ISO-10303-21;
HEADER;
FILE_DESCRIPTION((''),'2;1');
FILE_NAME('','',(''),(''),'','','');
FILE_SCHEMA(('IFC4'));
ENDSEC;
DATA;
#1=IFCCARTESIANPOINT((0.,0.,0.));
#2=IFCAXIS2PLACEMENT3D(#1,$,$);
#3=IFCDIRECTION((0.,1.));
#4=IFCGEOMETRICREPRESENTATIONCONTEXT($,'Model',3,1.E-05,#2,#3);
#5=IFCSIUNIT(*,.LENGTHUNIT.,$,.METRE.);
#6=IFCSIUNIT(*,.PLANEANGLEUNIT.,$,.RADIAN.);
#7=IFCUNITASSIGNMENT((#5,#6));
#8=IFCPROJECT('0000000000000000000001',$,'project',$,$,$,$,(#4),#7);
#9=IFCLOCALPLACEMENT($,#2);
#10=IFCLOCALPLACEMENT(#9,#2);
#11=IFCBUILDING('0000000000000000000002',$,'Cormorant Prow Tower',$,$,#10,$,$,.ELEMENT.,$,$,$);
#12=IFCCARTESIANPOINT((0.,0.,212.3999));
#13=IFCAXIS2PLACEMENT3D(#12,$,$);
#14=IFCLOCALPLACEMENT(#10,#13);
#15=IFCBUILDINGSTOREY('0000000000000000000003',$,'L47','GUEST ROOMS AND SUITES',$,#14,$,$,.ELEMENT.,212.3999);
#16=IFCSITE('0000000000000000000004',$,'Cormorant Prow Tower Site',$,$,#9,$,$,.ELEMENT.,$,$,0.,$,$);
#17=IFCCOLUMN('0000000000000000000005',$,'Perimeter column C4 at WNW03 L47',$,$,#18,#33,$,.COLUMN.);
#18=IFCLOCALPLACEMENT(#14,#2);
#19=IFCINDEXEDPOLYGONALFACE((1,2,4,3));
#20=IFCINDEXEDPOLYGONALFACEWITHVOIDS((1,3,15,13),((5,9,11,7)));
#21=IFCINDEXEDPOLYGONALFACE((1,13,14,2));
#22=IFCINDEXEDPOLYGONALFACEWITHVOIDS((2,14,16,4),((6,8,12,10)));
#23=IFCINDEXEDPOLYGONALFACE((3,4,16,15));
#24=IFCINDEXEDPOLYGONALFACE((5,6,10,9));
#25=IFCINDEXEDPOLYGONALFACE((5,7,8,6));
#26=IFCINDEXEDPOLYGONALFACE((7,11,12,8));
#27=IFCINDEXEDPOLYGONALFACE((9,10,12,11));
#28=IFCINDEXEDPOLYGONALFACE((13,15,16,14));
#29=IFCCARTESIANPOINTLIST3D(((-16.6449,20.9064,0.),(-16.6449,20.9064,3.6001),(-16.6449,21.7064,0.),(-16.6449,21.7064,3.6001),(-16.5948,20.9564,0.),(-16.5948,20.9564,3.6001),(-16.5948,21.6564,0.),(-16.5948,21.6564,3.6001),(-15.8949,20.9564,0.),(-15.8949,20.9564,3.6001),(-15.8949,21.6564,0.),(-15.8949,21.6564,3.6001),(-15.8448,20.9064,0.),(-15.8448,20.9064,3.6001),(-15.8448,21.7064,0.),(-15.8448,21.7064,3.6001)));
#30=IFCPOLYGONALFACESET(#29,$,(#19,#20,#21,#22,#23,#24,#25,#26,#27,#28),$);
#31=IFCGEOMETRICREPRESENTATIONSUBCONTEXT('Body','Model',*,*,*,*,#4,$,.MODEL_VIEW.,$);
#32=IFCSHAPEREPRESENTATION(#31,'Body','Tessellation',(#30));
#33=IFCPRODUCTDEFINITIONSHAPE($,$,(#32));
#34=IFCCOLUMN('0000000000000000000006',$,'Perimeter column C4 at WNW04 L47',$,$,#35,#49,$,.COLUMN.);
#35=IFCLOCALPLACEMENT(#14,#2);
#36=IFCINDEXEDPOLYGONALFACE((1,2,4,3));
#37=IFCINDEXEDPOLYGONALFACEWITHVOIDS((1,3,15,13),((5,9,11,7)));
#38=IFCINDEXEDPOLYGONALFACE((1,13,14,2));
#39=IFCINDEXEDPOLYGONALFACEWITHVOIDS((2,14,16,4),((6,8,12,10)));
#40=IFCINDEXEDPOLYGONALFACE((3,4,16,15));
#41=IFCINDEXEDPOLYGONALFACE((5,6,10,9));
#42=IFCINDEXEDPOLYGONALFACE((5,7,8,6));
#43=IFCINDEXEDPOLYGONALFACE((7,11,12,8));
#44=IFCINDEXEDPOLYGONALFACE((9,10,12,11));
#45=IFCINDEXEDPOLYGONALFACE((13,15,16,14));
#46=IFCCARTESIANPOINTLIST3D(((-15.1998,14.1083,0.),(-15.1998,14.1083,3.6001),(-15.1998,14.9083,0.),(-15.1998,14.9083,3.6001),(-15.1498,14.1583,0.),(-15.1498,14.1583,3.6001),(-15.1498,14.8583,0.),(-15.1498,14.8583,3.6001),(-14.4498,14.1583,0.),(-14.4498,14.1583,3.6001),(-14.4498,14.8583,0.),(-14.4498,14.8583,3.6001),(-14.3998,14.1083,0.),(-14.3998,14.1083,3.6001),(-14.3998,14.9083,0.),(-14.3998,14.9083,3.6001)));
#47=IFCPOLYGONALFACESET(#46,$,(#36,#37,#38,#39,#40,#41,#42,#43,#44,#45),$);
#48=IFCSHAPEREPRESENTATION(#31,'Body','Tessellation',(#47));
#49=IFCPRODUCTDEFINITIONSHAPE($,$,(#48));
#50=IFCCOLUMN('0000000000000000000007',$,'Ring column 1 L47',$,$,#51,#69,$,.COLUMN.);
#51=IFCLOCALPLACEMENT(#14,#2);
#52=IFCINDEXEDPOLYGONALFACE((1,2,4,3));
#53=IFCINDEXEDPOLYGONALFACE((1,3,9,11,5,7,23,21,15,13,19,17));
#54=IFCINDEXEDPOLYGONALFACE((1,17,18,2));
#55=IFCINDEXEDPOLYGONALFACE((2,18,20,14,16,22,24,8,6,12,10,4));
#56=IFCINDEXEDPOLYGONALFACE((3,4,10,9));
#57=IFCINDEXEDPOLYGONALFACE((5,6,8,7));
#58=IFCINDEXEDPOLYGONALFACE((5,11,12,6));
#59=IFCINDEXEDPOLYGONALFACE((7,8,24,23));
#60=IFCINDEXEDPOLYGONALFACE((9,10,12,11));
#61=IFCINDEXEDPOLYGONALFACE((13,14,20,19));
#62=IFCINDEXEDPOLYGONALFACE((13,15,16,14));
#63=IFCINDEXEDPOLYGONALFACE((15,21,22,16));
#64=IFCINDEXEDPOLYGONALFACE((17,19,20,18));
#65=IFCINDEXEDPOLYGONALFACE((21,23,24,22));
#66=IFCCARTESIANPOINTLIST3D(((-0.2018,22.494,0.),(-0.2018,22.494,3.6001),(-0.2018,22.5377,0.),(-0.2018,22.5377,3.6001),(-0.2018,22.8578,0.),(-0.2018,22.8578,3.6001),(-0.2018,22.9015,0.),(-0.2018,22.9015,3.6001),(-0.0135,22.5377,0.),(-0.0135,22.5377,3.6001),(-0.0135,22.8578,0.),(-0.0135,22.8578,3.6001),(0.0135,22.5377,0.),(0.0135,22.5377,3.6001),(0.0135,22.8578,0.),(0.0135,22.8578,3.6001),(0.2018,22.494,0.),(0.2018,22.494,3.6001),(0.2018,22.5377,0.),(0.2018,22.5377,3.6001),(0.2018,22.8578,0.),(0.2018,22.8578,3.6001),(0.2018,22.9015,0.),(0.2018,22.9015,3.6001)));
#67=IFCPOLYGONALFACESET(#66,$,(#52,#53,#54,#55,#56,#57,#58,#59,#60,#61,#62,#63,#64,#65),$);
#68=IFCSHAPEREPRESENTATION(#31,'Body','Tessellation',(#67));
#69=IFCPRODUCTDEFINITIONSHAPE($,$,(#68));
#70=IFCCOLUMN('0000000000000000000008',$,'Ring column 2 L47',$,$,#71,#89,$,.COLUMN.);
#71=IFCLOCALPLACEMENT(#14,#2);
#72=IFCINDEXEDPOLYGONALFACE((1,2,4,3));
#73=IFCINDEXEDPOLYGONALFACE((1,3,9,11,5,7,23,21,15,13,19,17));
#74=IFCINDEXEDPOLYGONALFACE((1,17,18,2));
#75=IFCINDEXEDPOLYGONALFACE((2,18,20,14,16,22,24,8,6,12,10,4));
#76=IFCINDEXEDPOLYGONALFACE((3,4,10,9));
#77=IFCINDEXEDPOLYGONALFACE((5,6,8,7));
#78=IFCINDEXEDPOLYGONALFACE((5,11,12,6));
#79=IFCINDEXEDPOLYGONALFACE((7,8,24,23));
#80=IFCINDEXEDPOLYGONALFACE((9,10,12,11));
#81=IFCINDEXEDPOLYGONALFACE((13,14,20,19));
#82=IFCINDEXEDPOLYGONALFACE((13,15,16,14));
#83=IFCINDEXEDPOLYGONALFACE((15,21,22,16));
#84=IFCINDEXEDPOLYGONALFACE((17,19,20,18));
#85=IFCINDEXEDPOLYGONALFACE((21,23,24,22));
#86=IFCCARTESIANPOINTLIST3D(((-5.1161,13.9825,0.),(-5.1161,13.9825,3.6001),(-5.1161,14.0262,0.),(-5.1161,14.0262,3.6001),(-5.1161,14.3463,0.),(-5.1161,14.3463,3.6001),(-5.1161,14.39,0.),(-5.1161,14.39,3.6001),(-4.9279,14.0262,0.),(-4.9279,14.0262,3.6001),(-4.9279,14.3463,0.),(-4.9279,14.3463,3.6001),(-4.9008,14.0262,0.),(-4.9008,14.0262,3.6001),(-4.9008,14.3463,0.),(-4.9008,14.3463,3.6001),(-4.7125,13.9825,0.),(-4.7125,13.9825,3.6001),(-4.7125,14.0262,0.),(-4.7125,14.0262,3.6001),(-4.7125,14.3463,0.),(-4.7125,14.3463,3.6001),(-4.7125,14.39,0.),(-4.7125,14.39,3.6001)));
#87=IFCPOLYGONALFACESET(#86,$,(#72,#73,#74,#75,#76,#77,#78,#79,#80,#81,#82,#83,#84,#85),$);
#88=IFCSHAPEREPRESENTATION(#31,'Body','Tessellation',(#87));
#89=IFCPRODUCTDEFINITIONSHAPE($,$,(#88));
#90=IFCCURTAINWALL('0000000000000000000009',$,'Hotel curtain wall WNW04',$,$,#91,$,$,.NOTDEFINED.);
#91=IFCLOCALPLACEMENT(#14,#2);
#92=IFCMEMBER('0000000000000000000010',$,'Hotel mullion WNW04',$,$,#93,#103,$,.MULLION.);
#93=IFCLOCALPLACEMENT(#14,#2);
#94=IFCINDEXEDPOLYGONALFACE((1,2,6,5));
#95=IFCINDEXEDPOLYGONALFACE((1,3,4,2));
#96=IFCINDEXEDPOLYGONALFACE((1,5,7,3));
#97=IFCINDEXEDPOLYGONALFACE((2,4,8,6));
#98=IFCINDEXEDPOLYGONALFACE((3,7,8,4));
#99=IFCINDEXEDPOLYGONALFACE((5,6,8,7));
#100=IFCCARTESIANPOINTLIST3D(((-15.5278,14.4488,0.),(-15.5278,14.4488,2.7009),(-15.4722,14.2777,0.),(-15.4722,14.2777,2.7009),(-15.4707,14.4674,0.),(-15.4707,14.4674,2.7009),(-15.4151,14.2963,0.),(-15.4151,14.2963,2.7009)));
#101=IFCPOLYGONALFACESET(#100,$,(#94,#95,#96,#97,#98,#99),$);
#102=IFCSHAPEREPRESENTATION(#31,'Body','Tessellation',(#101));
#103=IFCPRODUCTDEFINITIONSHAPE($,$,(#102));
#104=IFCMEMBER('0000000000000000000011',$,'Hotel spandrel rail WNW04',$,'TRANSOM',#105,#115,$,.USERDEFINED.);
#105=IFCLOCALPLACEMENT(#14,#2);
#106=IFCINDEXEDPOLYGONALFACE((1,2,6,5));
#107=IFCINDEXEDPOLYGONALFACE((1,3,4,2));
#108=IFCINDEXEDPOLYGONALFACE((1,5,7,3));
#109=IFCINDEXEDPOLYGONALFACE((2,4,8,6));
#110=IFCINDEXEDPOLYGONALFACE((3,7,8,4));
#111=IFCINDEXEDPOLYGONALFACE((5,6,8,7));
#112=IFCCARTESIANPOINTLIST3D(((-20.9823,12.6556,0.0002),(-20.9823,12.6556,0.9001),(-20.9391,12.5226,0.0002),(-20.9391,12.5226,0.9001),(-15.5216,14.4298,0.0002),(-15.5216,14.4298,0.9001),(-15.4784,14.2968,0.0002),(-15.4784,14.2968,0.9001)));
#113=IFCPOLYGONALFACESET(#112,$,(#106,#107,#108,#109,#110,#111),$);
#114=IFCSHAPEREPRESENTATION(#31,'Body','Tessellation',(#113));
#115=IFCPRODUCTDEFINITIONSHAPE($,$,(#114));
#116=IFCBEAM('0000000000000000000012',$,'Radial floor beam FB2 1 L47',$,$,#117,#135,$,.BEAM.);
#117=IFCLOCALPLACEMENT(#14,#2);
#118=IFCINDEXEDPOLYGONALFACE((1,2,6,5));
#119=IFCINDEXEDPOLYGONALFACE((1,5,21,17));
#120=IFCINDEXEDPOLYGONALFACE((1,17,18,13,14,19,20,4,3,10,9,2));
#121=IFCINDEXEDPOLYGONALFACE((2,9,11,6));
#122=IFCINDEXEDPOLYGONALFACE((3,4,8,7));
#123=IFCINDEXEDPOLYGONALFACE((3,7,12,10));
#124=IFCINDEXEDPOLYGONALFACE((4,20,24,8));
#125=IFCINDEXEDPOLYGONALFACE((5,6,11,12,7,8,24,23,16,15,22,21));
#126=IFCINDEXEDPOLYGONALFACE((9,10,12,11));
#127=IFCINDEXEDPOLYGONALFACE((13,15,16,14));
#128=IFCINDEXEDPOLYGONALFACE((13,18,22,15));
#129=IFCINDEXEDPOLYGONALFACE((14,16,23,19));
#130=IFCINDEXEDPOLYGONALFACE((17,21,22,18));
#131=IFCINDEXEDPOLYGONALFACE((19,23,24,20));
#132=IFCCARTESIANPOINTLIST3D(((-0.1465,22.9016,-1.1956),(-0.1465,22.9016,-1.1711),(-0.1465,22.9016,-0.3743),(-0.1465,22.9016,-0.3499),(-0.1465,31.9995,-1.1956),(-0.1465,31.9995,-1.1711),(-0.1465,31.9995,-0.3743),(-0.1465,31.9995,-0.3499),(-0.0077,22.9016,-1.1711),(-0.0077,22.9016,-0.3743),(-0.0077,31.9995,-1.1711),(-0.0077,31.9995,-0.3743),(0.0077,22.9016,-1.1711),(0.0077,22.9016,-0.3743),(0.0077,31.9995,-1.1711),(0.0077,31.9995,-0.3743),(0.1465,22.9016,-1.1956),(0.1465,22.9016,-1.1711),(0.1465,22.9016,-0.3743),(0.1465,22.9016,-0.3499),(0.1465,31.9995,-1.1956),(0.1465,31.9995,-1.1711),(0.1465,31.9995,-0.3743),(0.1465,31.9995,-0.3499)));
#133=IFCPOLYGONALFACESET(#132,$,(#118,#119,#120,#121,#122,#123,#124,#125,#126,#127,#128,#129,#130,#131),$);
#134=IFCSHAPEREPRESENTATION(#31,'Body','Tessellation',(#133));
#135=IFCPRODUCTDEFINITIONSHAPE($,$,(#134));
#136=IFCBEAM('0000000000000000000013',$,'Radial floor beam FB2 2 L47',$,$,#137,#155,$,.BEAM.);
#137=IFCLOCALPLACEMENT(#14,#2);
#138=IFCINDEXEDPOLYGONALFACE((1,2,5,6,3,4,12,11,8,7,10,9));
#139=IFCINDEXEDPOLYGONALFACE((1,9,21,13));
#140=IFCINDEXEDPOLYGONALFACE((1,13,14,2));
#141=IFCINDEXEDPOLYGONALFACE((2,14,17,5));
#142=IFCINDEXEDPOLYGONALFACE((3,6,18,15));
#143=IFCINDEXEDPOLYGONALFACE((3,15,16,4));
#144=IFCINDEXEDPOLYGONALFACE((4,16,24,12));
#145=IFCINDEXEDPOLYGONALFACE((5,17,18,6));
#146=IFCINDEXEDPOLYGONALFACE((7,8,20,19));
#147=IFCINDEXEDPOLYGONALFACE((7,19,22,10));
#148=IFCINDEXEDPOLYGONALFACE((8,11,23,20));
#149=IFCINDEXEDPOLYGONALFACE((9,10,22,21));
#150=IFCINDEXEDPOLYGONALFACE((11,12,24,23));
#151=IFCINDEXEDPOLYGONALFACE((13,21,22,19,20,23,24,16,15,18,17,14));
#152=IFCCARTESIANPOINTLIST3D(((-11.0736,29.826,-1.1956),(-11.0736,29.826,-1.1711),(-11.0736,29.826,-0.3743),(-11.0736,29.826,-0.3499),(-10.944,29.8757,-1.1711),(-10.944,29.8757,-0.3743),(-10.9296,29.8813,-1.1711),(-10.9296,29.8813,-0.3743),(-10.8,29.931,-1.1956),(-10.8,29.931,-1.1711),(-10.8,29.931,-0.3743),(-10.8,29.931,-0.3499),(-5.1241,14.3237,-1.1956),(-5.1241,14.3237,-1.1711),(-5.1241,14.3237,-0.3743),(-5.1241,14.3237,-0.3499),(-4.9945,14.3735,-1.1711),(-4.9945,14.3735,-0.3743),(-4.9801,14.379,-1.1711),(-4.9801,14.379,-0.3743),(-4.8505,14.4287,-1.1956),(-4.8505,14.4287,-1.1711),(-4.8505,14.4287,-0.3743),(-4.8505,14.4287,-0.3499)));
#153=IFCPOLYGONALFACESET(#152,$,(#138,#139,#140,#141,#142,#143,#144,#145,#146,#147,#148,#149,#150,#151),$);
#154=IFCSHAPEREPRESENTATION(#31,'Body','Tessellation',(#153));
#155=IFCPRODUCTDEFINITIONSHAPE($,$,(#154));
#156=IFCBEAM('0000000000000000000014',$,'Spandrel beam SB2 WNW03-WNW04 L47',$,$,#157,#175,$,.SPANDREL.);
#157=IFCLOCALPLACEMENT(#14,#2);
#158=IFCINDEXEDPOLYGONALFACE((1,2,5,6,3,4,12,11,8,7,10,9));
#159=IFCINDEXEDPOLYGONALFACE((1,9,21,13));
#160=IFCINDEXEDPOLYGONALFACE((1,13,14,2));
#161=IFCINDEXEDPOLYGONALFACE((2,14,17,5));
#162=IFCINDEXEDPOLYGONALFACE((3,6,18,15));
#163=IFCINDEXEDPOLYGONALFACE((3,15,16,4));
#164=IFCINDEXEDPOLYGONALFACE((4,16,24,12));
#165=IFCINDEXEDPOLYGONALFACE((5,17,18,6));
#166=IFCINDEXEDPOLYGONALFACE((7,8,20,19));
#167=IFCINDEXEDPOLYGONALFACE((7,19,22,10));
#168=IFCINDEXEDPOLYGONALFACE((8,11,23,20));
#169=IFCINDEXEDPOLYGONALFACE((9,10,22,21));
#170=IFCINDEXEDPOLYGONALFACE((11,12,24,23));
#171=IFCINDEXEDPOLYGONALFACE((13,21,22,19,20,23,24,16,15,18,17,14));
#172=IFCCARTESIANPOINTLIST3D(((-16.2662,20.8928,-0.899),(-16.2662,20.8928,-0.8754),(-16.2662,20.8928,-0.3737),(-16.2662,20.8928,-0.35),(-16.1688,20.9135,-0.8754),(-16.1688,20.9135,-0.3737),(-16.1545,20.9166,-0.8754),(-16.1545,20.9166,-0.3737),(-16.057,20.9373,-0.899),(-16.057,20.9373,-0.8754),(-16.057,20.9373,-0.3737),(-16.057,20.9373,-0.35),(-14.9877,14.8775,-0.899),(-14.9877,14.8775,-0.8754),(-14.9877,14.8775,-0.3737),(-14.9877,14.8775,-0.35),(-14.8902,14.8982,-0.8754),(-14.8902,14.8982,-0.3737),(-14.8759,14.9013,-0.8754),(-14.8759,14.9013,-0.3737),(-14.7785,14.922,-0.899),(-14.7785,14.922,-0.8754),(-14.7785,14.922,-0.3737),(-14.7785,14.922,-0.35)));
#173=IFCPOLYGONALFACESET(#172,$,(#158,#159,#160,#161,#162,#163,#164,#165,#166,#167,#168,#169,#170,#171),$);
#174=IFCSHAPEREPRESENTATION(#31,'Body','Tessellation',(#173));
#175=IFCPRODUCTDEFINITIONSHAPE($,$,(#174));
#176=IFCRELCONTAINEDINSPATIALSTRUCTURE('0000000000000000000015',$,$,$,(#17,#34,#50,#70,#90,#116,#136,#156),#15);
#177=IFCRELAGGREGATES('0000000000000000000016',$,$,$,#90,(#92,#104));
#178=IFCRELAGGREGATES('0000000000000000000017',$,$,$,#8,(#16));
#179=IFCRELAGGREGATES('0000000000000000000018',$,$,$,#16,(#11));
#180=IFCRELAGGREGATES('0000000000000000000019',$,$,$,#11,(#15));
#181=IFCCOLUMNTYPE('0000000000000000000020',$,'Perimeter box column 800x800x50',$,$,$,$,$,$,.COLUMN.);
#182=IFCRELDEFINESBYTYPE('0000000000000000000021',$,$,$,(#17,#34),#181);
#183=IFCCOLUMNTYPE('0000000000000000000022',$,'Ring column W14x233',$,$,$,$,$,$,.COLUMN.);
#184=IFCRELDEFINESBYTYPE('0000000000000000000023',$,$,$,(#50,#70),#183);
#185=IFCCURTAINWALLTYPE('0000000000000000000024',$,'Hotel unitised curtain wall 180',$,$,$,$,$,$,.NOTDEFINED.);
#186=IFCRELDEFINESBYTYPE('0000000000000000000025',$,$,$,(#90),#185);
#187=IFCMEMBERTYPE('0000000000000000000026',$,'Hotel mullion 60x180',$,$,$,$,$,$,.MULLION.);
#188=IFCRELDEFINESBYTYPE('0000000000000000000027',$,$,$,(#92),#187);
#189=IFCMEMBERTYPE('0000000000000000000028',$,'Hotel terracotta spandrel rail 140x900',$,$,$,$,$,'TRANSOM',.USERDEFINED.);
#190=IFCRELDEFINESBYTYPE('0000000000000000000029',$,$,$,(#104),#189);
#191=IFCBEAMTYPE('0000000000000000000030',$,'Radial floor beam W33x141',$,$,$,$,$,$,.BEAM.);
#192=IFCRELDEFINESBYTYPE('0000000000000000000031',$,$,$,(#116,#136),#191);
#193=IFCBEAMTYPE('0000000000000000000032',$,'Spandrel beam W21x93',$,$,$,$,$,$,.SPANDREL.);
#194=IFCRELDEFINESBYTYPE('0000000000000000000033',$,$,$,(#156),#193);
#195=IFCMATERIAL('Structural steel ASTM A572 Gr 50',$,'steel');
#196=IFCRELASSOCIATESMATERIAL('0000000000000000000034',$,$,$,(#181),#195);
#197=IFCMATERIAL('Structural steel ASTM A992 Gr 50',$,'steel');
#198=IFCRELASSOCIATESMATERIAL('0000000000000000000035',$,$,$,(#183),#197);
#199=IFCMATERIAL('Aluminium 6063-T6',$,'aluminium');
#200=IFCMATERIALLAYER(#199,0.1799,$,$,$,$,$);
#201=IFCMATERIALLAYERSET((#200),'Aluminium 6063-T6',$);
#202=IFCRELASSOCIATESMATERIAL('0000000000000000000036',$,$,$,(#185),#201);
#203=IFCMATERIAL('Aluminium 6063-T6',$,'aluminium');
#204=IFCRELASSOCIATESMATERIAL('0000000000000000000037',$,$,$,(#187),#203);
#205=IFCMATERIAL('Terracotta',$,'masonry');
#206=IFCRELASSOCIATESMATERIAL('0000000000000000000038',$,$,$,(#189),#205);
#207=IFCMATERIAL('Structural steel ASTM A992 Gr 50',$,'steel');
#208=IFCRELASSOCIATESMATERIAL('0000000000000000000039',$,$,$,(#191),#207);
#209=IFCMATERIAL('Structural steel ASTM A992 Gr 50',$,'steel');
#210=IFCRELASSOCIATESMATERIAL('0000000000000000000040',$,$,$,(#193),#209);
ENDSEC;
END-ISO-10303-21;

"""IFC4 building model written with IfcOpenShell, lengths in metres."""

from ifc_helpers import new_model, si_unit, direction, frame, origin, origin_2d, place, context, subcontext, project, spatial, rectangle, hollow_rectangle, i_section, extrude, material, layer, layer_set, material_profile, profile_set, type_object, element, aggregate, save


model = new_model("IFC4")

# Units and contexts
model_context = context("Model", 3, precision=1e-05, world=origin(), true_north=direction((0.0, 1.0)))
body_context = subcontext(model_context, "Body", "Model", "MODEL_VIEW")
ifc_project = project(units=[si_unit("LENGTHUNIT", "METRE"), si_unit("PLANEANGLEUNIT", "RADIAN")], contexts=[model_context])

# Site, building, storey
site_placement = place(None, origin())
site = spatial("IfcSite", under=ifc_project, at=site_placement, Name="Cormorant Prow Tower Site", CompositionType="ELEMENT", RefElevation=0.0)
building_placement = place(site_placement, origin())
building = spatial("IfcBuilding", under=site, at=building_placement, Name="Cormorant Prow Tower", CompositionType="ELEMENT")
storey_placement = place(building_placement, frame((0.0, 0.0, 212.3999)))
storey = spatial("IfcBuildingStorey", under=building, at=storey_placement, Name="L47", Description="GUEST ROOMS AND SUITES", CompositionType="ELEMENT", Elevation=212.3999)

# Columns
ifc_material_1 = material(Name="Structural steel ASTM A572 Gr 50", Category="steel")
ifc_material_profile_1 = material_profile(ifc_material_1, hollow_rectangle(XDim=0.8, YDim=0.8, WallThickness=0.05, at=origin_2d()), Name="Box 800x800x50")
ifc_profile_set_1 = profile_set([ifc_material_profile_1], Name="Structural steel ASTM A572 Gr 50")
column_type_1 = type_object("IfcColumnType", Name="Perimeter box column 800x800x50", PredefinedType="COLUMN", material=ifc_profile_set_1)
for number, where, z_axis, x_axis, name in (
    (1, (-16.2449, 21.3064, 0.0), (0.0, 0.0, 1.0), (1.0, 0.0, 0.0), "Perimeter column C4 at WNW03 L47"),
    (2, (-14.7998, 14.5083, 0.0), (0.0, 0.0, 1.0), (1.0, 0.0, 0.0), "Perimeter column C4 at WNW04 L47"),
):
    element("IfcColumn", number, at=place(storey_placement, frame(where, z_axis=z_axis, x_axis=x_axis)), inside=storey, type_object=column_type_1, Name=name, PredefinedType="COLUMN", context=body_context, shape_type="SweptSolid", body=[
        extrude(hollow_rectangle(XDim=0.8, YDim=0.8, WallThickness=0.05, at=origin_2d()), origin(), (0.0, 0.0, 1.0), 3.6001),
    ])
ifc_material_2 = material(Name="Structural steel ASTM A992 Gr 50", Category="steel")
ifc_material_profile_2 = material_profile(ifc_material_2, i_section(OverallWidth=0.4036, OverallDepth=0.4075, WebThickness=0.0271, FlangeThickness=0.0437, at=origin_2d()), Name="W14x233")
ifc_profile_set_2 = profile_set([ifc_material_profile_2], Name="Structural steel ASTM A992 Gr 50")
column_type_2 = type_object("IfcColumnType", Name="Ring column W14x233", PredefinedType="COLUMN", material=ifc_profile_set_2)
for number, where, z_axis, x_axis, name in (
    (3, (0.0, 22.6978, 0.0), (0.0, 0.0, 1.0), (1.0, 0.0, 0.0), "Ring column 1 L47"),
    (4, (-4.9143, 14.1863, 0.0), (0.0, 0.0, 1.0), (1.0, 0.0, 0.0), "Ring column 2 L47"),
):
    element("IfcColumn", number, at=place(storey_placement, frame(where, z_axis=z_axis, x_axis=x_axis)), inside=storey, type_object=column_type_2, Name=name, PredefinedType="COLUMN", context=body_context, shape_type="SweptSolid", body=[
        extrude(i_section(OverallWidth=0.4036, OverallDepth=0.4075, WebThickness=0.0271, FlangeThickness=0.0437, at=origin_2d()), origin(), (0.0, 0.0, 1.0), 3.6001),
    ])

# Curtain wall, members
ifc_material_3 = material(Name="Aluminium 6063-T6", Category="aluminium")
ifc_layer_1 = layer(ifc_material_3, 0.1799)
ifc_layer_set_1 = layer_set([ifc_layer_1], Name="Aluminium 6063-T6")
curtain_wall_type = type_object("IfcCurtainWallType", Name="Hotel unitised curtain wall 180", PredefinedType="NOTDEFINED", material=ifc_layer_set_1)
curtain_wall_1_placement = place(storey_placement, origin())
curtain_wall_1 = element("IfcCurtainWall", 5, at=curtain_wall_1_placement, inside=storey, type_object=curtain_wall_type, Name="Hotel curtain wall WNW04", PredefinedType="NOTDEFINED")
ifc_material_4 = material(Name="Aluminium 6063-T6", Category="aluminium")
ifc_material_profile_3 = material_profile(ifc_material_4, rectangle(XDim=0.1799, YDim=0.0601, at=origin_2d()), Name="Hotel mullion 60x180")
ifc_profile_set_3 = profile_set([ifc_material_profile_3], Name="Aluminium 6063-T6")
member_type_1 = type_object("IfcMemberType", Name="Hotel mullion 60x180", PredefinedType="MULLION", material=ifc_profile_set_3)
member_1_placement = place(storey_placement, frame((-15.4714, 14.3726, 0.0), z_axis=(0.0, 0.0, 1.0), x_axis=(0.309017, -0.951057, 0.0)))
member_1 = element("IfcMember", 6, at=member_1_placement, type_object=member_type_1, Name="Hotel mullion WNW04", PredefinedType="MULLION", context=body_context, shape_type="SweptSolid", body=[
    extrude(rectangle(XDim=0.1799, YDim=0.0601, at=origin_2d()), origin(), (0.0, 0.0, 1.0), 2.7009),
])
ifc_material_5 = material(Name="Terracotta", Category="masonry")
ifc_material_profile_4 = material_profile(ifc_material_5, rectangle(XDim=0.1399, YDim=0.8999, at=origin_2d()), Name="Hotel terracotta spandrel rail 140x900")
ifc_profile_set_4 = profile_set([ifc_material_profile_4], Name="Terracotta")
member_type_2 = type_object("IfcMemberType", Name="Hotel terracotta spandrel rail 140x900", ElementType="TRANSOM", PredefinedType="USERDEFINED", material=ifc_profile_set_4)
member_2_placement = place(storey_placement, frame((-15.5, 14.3633, 0.4502), z_axis=(-0.951063, -0.308999, 0.0), x_axis=(0.308999, -0.951063, 0.0)))
member_2 = element("IfcMember", 7, at=member_2_placement, type_object=member_type_2, Name="Hotel spandrel rail WNW04", ObjectType="TRANSOM", PredefinedType="USERDEFINED", context=body_context, shape_type="SweptSolid", body=[
    extrude(rectangle(XDim=0.1399, YDim=0.8999, at=origin_2d()), origin(), (0.0, 0.0, 1.0), 5.7417),
])

# Beams
ifc_material_6 = material(Name="Structural steel ASTM A992 Gr 50", Category="steel")
ifc_material_profile_5 = material_profile(ifc_material_6, i_section(OverallWidth=0.293, OverallDepth=0.8457, WebThickness=0.0154, FlangeThickness=0.0244, at=origin_2d()), Name="W33x141")
ifc_profile_set_5 = profile_set([ifc_material_profile_5], Name="Structural steel ASTM A992 Gr 50")
beam_type_1 = type_object("IfcBeamType", Name="Radial floor beam W33x141", PredefinedType="BEAM", material=ifc_profile_set_5)
beam_1_placement = place(storey_placement, frame((0.0, 22.9016, -0.7727), z_axis=(0.0, 1.0, 0.0), x_axis=(-1.0, 0.0, 0.0)))
element("IfcBeam", 8, at=beam_1_placement, inside=storey, type_object=beam_type_1, Name="Radial floor beam FB2 1 L47", PredefinedType="BEAM", context=body_context, shape_type="SweptSolid", body=[
    extrude(i_section(OverallWidth=0.293, OverallDepth=0.8457, WebThickness=0.0154, FlangeThickness=0.0244, at=origin_2d()), origin(), (0.0, 0.0, 1.0), 9.0979),
])
beam_2_placement = place(storey_placement, frame((-4.9873, 14.3762, -0.7727), z_axis=(-0.358301, 0.933606, 0.0), x_axis=(-0.933606, -0.358301, 0.0)))
element("IfcBeam", 9, at=beam_2_placement, inside=storey, type_object=beam_type_1, Name="Radial floor beam FB2 2 L47", PredefinedType="BEAM", context=body_context, shape_type="SweptSolid", body=[
    extrude(i_section(OverallWidth=0.293, OverallDepth=0.8457, WebThickness=0.0154, FlangeThickness=0.0244, at=origin_2d()), origin(), (0.0, 0.0, 1.0), 16.6047),
])
ifc_material_7 = material(Name="Structural steel ASTM A992 Gr 50", Category="steel")
ifc_material_profile_6 = material_profile(ifc_material_7, i_section(OverallWidth=0.2139, OverallDepth=0.5491, WebThickness=0.0146, FlangeThickness=0.0237, at=origin_2d()), Name="W21x93")
ifc_profile_set_6 = profile_set([ifc_material_profile_6], Name="Structural steel ASTM A992 Gr 50")
beam_type_2 = type_object("IfcBeamType", Name="Spandrel beam W21x93", PredefinedType="SPANDREL", material=ifc_profile_set_6)
beam_3_placement = place(storey_placement, frame((-16.1616, 20.915, -0.6245), z_axis=(0.207905, -0.978149, 0.0), x_axis=(0.978149, 0.207905, 0.0)))
element("IfcBeam", 10, at=beam_3_placement, inside=storey, type_object=beam_type_2, Name="Spandrel beam SB2 WNW03-WNW04 L47", PredefinedType="SPANDREL", context=body_context, shape_type="SweptSolid", body=[
    extrude(i_section(OverallWidth=0.2139, OverallDepth=0.5491, WebThickness=0.0146, FlangeThickness=0.0237, at=origin_2d()), origin(), (0.0, 0.0, 1.0), 6.1497),
])

aggregate(curtain_wall_1, [member_1, member_2])

save(model, "model.ifc")
